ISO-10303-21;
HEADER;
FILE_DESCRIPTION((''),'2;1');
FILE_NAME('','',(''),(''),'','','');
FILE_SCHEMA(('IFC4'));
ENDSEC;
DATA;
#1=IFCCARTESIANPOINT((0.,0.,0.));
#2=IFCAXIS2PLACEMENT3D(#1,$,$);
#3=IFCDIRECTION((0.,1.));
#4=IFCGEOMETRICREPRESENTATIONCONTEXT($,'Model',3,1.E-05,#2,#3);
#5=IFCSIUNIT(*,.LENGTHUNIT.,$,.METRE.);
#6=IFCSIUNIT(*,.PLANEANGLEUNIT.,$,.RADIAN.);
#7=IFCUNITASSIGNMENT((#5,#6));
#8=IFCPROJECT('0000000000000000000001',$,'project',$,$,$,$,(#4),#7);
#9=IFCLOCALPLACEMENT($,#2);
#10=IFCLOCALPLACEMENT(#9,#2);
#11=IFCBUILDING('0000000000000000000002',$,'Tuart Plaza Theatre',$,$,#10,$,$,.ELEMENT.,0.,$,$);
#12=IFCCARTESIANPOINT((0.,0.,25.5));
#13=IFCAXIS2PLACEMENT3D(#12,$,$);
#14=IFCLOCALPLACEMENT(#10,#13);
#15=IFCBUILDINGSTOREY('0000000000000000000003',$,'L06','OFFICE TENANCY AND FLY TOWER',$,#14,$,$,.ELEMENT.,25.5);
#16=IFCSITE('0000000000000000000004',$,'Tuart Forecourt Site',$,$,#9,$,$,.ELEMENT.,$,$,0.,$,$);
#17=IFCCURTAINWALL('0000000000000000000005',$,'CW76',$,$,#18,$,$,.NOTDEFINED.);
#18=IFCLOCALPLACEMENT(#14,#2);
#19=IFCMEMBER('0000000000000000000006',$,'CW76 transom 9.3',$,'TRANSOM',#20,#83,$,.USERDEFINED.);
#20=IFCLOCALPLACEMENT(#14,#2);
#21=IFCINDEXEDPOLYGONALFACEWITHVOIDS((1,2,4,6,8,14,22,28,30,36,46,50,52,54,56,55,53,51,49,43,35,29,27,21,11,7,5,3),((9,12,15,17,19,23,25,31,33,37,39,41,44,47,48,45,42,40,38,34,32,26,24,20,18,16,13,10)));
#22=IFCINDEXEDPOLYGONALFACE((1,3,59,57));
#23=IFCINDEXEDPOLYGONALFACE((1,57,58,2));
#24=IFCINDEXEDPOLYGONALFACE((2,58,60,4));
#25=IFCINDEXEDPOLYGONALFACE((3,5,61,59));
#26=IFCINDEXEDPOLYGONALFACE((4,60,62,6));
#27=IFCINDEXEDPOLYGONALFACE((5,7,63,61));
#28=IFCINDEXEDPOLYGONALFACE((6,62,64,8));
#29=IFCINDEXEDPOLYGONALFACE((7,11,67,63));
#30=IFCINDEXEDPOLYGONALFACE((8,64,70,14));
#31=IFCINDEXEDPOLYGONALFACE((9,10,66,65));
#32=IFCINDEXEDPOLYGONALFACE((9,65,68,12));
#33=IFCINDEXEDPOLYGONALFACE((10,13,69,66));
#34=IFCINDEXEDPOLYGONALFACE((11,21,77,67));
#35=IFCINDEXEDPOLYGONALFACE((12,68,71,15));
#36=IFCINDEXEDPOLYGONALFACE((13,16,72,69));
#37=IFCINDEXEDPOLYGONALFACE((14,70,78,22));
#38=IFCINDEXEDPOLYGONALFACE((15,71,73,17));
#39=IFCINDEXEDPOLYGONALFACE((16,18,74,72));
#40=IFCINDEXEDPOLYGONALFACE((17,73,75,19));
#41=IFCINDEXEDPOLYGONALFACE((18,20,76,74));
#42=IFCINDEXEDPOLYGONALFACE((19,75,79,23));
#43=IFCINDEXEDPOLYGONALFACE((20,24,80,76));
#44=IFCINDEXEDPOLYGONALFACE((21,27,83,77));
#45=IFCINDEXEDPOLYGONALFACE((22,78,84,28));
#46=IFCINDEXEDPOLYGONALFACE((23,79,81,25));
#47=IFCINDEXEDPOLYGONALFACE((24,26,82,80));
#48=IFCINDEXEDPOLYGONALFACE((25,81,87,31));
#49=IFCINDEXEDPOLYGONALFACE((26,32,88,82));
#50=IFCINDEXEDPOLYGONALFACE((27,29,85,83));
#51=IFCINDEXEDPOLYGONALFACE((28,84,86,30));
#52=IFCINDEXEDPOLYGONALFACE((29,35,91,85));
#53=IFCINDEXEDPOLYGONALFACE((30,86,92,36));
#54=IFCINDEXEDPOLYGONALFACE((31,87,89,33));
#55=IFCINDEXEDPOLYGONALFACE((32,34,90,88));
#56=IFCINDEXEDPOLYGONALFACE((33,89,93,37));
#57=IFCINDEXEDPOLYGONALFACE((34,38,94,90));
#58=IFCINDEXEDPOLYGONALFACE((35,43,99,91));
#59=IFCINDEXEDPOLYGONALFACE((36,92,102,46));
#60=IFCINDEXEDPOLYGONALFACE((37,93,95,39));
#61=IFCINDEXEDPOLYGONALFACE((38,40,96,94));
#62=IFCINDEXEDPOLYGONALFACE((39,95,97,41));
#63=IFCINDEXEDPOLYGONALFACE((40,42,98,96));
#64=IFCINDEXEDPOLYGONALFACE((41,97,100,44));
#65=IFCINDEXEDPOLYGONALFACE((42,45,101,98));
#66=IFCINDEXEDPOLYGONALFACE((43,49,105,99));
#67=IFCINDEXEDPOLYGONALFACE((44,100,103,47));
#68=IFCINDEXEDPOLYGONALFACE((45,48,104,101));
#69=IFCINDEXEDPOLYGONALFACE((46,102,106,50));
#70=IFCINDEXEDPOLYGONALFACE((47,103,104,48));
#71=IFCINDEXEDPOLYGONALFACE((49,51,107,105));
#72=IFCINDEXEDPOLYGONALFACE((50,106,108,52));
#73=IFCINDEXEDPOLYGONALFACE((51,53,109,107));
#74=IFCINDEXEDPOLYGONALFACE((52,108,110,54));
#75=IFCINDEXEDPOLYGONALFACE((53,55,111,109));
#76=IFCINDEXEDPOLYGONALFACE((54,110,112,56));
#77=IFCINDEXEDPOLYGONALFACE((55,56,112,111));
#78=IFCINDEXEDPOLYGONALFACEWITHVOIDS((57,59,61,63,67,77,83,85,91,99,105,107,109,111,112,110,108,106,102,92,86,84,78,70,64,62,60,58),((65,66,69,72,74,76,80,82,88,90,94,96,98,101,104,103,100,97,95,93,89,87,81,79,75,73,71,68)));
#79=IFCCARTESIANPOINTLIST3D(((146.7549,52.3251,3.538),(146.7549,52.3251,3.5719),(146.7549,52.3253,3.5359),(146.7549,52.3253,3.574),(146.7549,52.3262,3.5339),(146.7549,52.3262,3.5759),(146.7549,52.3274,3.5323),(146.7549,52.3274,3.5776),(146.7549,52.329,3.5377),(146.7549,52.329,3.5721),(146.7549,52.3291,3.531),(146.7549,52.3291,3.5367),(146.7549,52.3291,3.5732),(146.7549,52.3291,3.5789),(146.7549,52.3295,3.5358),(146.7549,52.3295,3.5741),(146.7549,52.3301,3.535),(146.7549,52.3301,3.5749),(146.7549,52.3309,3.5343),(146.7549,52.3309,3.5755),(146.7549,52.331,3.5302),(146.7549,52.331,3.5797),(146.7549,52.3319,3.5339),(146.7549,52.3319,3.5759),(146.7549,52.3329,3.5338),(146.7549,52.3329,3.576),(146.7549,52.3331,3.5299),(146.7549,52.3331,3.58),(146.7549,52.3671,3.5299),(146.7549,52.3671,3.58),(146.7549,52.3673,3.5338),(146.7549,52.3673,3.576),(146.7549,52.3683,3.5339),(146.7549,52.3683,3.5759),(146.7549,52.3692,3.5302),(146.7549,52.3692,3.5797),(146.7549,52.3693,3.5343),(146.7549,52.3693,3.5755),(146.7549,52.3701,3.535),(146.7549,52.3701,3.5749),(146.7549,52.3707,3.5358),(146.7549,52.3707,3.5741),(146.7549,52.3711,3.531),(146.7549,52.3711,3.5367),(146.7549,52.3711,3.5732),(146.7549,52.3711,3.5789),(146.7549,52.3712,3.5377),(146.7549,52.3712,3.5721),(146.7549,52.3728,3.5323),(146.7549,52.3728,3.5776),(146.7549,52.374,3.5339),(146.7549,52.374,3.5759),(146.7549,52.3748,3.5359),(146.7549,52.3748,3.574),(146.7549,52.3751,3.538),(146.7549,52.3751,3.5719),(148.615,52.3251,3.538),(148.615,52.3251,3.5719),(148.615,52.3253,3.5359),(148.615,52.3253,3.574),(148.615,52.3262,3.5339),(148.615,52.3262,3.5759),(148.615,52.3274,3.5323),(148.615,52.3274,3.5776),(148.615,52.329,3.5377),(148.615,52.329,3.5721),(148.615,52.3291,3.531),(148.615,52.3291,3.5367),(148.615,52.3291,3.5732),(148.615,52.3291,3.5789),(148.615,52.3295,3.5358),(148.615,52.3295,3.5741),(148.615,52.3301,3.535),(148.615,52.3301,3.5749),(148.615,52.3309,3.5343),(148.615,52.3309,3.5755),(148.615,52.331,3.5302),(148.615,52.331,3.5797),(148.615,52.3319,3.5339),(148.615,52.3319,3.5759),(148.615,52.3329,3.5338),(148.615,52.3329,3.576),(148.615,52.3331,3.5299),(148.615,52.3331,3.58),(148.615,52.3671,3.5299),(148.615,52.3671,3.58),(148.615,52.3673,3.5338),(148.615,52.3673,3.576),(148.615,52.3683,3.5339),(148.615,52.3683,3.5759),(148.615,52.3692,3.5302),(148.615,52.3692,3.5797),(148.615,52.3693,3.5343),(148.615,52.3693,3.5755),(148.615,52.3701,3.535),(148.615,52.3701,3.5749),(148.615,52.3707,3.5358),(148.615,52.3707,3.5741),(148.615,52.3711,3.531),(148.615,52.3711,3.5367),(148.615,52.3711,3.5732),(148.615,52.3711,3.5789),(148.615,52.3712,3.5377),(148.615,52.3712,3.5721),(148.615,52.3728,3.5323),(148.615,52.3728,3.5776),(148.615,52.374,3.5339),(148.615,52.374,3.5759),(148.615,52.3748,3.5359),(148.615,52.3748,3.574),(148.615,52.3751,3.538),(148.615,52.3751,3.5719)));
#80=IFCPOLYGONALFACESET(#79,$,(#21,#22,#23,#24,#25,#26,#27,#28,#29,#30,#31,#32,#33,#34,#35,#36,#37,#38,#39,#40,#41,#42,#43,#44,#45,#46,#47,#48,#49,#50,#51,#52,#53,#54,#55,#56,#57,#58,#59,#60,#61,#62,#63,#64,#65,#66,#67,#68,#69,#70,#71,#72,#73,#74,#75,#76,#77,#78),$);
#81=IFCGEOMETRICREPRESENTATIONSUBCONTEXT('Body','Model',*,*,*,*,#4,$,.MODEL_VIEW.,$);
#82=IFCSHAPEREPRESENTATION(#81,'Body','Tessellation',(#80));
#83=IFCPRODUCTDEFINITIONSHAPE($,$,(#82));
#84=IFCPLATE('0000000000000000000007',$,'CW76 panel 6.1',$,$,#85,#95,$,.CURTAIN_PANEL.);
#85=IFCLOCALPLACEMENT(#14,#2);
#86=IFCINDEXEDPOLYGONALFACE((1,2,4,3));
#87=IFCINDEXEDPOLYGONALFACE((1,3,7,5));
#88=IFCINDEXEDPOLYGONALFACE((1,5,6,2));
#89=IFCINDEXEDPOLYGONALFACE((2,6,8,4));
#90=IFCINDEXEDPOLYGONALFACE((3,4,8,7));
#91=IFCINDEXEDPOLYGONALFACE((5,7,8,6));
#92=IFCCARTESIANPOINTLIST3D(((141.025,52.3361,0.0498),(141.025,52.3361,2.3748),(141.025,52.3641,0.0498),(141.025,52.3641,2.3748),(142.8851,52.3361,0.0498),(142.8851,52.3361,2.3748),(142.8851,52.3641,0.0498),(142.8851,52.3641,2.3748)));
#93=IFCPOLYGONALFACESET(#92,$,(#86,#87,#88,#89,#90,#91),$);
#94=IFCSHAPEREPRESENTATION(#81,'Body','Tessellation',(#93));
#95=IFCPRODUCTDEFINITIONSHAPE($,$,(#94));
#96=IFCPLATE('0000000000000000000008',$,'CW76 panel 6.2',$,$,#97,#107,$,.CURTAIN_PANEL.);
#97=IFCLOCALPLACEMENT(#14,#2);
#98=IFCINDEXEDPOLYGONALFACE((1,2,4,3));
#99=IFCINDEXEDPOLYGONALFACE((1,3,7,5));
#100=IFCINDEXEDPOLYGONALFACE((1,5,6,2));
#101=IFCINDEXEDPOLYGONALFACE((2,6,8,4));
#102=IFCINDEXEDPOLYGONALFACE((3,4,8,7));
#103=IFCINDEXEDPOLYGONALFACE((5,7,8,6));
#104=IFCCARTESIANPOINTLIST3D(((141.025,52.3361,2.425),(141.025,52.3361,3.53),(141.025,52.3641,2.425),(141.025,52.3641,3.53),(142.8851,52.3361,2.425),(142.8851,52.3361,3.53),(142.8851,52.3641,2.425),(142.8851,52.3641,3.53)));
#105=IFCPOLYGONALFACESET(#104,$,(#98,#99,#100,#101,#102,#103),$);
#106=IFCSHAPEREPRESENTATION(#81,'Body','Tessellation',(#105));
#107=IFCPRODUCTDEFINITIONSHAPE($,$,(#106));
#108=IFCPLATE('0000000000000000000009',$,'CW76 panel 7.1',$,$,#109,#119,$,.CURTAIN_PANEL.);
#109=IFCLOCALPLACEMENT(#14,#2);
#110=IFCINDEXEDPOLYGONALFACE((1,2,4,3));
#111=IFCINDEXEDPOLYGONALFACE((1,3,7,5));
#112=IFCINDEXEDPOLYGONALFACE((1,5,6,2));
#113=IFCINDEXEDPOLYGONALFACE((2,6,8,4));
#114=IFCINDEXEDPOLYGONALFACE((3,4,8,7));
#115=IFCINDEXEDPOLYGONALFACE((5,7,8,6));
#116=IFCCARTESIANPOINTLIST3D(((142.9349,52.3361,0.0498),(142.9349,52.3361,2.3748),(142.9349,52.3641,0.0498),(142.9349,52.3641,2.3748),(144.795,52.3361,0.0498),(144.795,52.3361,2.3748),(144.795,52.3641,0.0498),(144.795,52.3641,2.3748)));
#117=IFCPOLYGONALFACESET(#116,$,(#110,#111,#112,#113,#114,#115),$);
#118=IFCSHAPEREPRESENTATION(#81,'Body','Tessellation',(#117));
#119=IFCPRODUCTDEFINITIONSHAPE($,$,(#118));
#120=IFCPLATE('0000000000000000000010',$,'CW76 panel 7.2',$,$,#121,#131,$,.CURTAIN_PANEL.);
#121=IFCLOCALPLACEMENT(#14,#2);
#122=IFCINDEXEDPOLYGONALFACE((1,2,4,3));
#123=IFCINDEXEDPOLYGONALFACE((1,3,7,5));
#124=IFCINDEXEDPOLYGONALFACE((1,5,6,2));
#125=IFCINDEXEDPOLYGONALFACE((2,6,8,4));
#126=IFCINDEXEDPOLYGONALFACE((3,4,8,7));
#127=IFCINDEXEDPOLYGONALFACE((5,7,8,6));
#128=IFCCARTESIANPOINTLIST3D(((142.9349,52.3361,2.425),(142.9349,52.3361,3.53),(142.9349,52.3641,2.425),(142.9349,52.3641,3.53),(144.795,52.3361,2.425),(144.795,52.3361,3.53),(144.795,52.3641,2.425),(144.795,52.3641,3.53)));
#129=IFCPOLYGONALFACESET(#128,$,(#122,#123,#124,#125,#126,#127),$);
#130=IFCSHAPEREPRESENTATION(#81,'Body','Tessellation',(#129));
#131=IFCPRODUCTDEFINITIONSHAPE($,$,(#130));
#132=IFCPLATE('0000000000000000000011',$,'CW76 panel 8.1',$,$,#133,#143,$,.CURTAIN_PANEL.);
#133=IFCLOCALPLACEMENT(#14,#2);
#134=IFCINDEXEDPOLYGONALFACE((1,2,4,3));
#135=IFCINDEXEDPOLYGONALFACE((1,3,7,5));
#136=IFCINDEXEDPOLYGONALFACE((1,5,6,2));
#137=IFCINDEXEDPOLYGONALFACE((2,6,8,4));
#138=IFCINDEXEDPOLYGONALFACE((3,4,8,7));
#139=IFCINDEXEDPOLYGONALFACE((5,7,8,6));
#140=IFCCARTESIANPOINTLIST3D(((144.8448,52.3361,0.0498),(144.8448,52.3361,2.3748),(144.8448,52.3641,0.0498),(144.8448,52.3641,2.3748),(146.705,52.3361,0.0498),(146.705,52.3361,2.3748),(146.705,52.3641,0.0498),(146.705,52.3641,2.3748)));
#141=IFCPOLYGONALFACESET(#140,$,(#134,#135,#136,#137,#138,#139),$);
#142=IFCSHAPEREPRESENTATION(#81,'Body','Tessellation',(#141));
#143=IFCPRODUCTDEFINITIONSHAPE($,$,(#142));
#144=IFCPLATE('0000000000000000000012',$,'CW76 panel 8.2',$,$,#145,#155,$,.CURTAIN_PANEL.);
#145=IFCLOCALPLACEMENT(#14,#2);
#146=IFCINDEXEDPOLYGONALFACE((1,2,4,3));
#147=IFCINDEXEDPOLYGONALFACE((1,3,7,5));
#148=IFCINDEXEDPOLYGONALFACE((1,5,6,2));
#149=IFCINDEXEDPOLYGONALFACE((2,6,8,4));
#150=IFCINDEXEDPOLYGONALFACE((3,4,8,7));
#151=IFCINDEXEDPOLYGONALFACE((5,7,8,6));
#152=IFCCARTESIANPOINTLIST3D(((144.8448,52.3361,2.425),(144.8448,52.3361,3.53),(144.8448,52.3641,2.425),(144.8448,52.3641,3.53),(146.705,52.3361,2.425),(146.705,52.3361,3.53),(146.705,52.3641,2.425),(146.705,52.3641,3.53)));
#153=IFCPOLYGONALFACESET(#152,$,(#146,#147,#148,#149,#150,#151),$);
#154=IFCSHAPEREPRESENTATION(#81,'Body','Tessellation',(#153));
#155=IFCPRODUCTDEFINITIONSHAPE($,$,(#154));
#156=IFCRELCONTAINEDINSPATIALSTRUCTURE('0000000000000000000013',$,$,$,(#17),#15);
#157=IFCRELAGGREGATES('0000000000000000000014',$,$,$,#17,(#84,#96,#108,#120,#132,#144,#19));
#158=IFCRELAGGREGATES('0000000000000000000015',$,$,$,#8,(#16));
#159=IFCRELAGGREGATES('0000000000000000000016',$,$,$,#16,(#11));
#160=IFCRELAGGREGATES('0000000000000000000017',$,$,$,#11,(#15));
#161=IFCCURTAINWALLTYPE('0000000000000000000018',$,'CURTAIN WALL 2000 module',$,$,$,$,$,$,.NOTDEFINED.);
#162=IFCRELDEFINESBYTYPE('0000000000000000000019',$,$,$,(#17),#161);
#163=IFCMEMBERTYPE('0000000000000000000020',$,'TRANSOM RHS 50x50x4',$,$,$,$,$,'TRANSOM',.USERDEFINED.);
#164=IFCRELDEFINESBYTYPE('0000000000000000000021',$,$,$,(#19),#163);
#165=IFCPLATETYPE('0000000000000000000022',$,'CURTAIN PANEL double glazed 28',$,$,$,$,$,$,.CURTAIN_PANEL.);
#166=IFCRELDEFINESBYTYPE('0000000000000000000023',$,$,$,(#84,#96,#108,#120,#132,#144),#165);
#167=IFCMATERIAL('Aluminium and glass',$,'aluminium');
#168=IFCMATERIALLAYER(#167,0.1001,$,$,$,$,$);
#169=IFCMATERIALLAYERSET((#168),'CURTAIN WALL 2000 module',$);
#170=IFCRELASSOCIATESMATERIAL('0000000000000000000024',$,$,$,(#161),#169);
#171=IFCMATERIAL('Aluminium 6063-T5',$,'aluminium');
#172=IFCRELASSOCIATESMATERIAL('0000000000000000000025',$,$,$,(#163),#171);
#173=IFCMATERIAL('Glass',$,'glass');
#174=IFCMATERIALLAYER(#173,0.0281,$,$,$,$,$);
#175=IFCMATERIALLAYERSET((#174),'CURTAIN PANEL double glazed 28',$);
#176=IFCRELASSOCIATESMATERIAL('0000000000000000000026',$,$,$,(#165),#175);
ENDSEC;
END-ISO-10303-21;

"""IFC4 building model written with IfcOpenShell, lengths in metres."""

from ifc_helpers import new_model, si_unit, direction, frame, origin, origin_2d, place, context, subcontext, project, spatial, rectangle, hollow_rectangle, extrude, material, layer, layer_set, material_profile, profile_set, type_object, element, aggregate, save


model = new_model("IFC4")

# Units and contexts
model_context = context("Model", 3, precision=1e-05, world=origin(), true_north=direction((0.0, 1.0)))
body_context = subcontext(model_context, "Body", "Model", "MODEL_VIEW")
ifc_project = project(units=[si_unit("LENGTHUNIT", "METRE"), si_unit("PLANEANGLEUNIT", "RADIAN")], contexts=[model_context])

# Site, building, storey
site_placement = place(None, origin())
site = spatial("IfcSite", under=ifc_project, at=site_placement, Name="Tuart Forecourt Site", CompositionType="ELEMENT", RefElevation=0.0)
building_placement = place(site_placement, origin())
building = spatial("IfcBuilding", under=site, at=building_placement, Name="Tuart Plaza Theatre", CompositionType="ELEMENT", ElevationOfRefHeight=0.0)
storey_placement = place(building_placement, frame((0.0, 0.0, 25.5)))
storey = spatial("IfcBuildingStorey", under=building, at=storey_placement, Name="L06", Description="OFFICE TENANCY AND FLY TOWER", CompositionType="ELEMENT", Elevation=25.5)

# Curtain wall, member, plates
ifc_material_1 = material(Name="Aluminium and glass", Category="aluminium")
ifc_layer_1 = layer(ifc_material_1, 0.1001)
ifc_layer_set_1 = layer_set([ifc_layer_1], Name="CURTAIN WALL 2000 module")
curtain_wall_type = type_object("IfcCurtainWallType", Name="CURTAIN WALL 2000 module", PredefinedType="NOTDEFINED", material=ifc_layer_set_1)
curtain_wall_placement = place(storey_placement, origin())
curtain_wall = element("IfcCurtainWall", 1, at=curtain_wall_placement, inside=storey, type_object=curtain_wall_type, Name="CW76", PredefinedType="NOTDEFINED")
ifc_material_2 = material(Name="Aluminium 6063-T5", Category="aluminium")
ifc_material_profile_1 = material_profile(ifc_material_2, hollow_rectangle(XDim=0.05, YDim=0.05, WallThickness=0.0039, InnerFilletRadius=0.0039, OuterFilletRadius=0.0081, at=origin_2d()), Name="RHS 50x50x4")
ifc_profile_set_1 = profile_set([ifc_material_profile_1], Name="Aluminium 6063-T5")
member_type_1 = type_object("IfcMemberType", Name="TRANSOM RHS 50x50x4", ElementType="TRANSOM", PredefinedType="USERDEFINED", material=ifc_profile_set_1)
member_1_placement = place(storey_placement, frame((146.7549, 52.3501, 3.5549), z_axis=(1.0, 0.0, 0.0), x_axis=(0.0, 1.0, 0.0)))
member_1 = element("IfcMember", 2, at=member_1_placement, type_object=member_type_1, Name="CW76 transom 9.3", ObjectType="TRANSOM", PredefinedType="USERDEFINED", context=body_context, shape_type="SweptSolid", body=[
    extrude(hollow_rectangle(XDim=0.05, YDim=0.05, WallThickness=0.0039, InnerFilletRadius=0.0039, OuterFilletRadius=0.0081, at=origin_2d()), origin(), (0.0, 0.0, 1.0), 1.8601),
])
ifc_material_3 = material(Name="Glass", Category="glass")
ifc_layer_2 = layer(ifc_material_3, 0.0281)
ifc_layer_set_2 = layer_set([ifc_layer_2], Name="CURTAIN PANEL double glazed 28")
plate_type = type_object("IfcPlateType", Name="CURTAIN PANEL double glazed 28", PredefinedType="CURTAIN_PANEL", material=ifc_layer_set_2)
plate_1_placement = place(storey_placement, frame((141.9551, 52.3501, 0.0498), z_axis=(0.0, 0.0, 1.0), x_axis=(1.0, 0.0, 0.0)))
plate_1 = element("IfcPlate", 3, at=plate_1_placement, type_object=plate_type, Name="CW76 panel 6.1", PredefinedType="CURTAIN_PANEL", context=body_context, shape_type="SweptSolid", body=[
    extrude(rectangle(XDim=1.8601, YDim=0.0281, at=origin_2d()), origin(), (0.0, 0.0, 1.0), 2.325),
])
plate_2_placement = place(storey_placement, frame((141.9551, 52.3501, 2.425), z_axis=(0.0, 0.0, 1.0), x_axis=(1.0, 0.0, 0.0)))
plate_2 = element("IfcPlate", 4, at=plate_2_placement, type_object=plate_type, Name="CW76 panel 6.2", PredefinedType="CURTAIN_PANEL", context=body_context, shape_type="SweptSolid", body=[
    extrude(rectangle(XDim=1.8601, YDim=0.0281, at=origin_2d()), origin(), (0.0, 0.0, 1.0), 1.105),
])
plate_3_placement = place(storey_placement, frame((143.865, 52.3501, 0.0498), z_axis=(0.0, 0.0, 1.0), x_axis=(1.0, 0.0, 0.0)))
plate_3 = element("IfcPlate", 5, at=plate_3_placement, type_object=plate_type, Name="CW76 panel 7.1", PredefinedType="CURTAIN_PANEL", context=body_context, shape_type="SweptSolid", body=[
    extrude(rectangle(XDim=1.8601, YDim=0.0281, at=origin_2d()), origin(), (0.0, 0.0, 1.0), 2.325),
])
plate_4_placement = place(storey_placement, frame((143.865, 52.3501, 2.425), z_axis=(0.0, 0.0, 1.0), x_axis=(1.0, 0.0, 0.0)))
plate_4 = element("IfcPlate", 6, at=plate_4_placement, type_object=plate_type, Name="CW76 panel 7.2", PredefinedType="CURTAIN_PANEL", context=body_context, shape_type="SweptSolid", body=[
    extrude(rectangle(XDim=1.8601, YDim=0.0281, at=origin_2d()), origin(), (0.0, 0.0, 1.0), 1.105),
])
plate_5_placement = place(storey_placement, frame((145.7749, 52.3501, 0.0498), z_axis=(0.0, 0.0, 1.0), x_axis=(1.0, 0.0, 0.0)))
plate_5 = element("IfcPlate", 7, at=plate_5_placement, type_object=plate_type, Name="CW76 panel 8.1", PredefinedType="CURTAIN_PANEL", context=body_context, shape_type="SweptSolid", body=[
    extrude(rectangle(XDim=1.8601, YDim=0.0281, at=origin_2d()), origin(), (0.0, 0.0, 1.0), 2.325),
])
plate_6_placement = place(storey_placement, frame((145.7749, 52.3501, 2.425), z_axis=(0.0, 0.0, 1.0), x_axis=(1.0, 0.0, 0.0)))
plate_6 = element("IfcPlate", 8, at=plate_6_placement, type_object=plate_type, Name="CW76 panel 8.2", PredefinedType="CURTAIN_PANEL", context=body_context, shape_type="SweptSolid", body=[
    extrude(rectangle(XDim=1.8601, YDim=0.0281, at=origin_2d()), origin(), (0.0, 0.0, 1.0), 1.105),
])
aggregate(curtain_wall, [plate_1, plate_2, plate_3, plate_4, plate_5, plate_6, member_1])

save(model, "model.ifc")
